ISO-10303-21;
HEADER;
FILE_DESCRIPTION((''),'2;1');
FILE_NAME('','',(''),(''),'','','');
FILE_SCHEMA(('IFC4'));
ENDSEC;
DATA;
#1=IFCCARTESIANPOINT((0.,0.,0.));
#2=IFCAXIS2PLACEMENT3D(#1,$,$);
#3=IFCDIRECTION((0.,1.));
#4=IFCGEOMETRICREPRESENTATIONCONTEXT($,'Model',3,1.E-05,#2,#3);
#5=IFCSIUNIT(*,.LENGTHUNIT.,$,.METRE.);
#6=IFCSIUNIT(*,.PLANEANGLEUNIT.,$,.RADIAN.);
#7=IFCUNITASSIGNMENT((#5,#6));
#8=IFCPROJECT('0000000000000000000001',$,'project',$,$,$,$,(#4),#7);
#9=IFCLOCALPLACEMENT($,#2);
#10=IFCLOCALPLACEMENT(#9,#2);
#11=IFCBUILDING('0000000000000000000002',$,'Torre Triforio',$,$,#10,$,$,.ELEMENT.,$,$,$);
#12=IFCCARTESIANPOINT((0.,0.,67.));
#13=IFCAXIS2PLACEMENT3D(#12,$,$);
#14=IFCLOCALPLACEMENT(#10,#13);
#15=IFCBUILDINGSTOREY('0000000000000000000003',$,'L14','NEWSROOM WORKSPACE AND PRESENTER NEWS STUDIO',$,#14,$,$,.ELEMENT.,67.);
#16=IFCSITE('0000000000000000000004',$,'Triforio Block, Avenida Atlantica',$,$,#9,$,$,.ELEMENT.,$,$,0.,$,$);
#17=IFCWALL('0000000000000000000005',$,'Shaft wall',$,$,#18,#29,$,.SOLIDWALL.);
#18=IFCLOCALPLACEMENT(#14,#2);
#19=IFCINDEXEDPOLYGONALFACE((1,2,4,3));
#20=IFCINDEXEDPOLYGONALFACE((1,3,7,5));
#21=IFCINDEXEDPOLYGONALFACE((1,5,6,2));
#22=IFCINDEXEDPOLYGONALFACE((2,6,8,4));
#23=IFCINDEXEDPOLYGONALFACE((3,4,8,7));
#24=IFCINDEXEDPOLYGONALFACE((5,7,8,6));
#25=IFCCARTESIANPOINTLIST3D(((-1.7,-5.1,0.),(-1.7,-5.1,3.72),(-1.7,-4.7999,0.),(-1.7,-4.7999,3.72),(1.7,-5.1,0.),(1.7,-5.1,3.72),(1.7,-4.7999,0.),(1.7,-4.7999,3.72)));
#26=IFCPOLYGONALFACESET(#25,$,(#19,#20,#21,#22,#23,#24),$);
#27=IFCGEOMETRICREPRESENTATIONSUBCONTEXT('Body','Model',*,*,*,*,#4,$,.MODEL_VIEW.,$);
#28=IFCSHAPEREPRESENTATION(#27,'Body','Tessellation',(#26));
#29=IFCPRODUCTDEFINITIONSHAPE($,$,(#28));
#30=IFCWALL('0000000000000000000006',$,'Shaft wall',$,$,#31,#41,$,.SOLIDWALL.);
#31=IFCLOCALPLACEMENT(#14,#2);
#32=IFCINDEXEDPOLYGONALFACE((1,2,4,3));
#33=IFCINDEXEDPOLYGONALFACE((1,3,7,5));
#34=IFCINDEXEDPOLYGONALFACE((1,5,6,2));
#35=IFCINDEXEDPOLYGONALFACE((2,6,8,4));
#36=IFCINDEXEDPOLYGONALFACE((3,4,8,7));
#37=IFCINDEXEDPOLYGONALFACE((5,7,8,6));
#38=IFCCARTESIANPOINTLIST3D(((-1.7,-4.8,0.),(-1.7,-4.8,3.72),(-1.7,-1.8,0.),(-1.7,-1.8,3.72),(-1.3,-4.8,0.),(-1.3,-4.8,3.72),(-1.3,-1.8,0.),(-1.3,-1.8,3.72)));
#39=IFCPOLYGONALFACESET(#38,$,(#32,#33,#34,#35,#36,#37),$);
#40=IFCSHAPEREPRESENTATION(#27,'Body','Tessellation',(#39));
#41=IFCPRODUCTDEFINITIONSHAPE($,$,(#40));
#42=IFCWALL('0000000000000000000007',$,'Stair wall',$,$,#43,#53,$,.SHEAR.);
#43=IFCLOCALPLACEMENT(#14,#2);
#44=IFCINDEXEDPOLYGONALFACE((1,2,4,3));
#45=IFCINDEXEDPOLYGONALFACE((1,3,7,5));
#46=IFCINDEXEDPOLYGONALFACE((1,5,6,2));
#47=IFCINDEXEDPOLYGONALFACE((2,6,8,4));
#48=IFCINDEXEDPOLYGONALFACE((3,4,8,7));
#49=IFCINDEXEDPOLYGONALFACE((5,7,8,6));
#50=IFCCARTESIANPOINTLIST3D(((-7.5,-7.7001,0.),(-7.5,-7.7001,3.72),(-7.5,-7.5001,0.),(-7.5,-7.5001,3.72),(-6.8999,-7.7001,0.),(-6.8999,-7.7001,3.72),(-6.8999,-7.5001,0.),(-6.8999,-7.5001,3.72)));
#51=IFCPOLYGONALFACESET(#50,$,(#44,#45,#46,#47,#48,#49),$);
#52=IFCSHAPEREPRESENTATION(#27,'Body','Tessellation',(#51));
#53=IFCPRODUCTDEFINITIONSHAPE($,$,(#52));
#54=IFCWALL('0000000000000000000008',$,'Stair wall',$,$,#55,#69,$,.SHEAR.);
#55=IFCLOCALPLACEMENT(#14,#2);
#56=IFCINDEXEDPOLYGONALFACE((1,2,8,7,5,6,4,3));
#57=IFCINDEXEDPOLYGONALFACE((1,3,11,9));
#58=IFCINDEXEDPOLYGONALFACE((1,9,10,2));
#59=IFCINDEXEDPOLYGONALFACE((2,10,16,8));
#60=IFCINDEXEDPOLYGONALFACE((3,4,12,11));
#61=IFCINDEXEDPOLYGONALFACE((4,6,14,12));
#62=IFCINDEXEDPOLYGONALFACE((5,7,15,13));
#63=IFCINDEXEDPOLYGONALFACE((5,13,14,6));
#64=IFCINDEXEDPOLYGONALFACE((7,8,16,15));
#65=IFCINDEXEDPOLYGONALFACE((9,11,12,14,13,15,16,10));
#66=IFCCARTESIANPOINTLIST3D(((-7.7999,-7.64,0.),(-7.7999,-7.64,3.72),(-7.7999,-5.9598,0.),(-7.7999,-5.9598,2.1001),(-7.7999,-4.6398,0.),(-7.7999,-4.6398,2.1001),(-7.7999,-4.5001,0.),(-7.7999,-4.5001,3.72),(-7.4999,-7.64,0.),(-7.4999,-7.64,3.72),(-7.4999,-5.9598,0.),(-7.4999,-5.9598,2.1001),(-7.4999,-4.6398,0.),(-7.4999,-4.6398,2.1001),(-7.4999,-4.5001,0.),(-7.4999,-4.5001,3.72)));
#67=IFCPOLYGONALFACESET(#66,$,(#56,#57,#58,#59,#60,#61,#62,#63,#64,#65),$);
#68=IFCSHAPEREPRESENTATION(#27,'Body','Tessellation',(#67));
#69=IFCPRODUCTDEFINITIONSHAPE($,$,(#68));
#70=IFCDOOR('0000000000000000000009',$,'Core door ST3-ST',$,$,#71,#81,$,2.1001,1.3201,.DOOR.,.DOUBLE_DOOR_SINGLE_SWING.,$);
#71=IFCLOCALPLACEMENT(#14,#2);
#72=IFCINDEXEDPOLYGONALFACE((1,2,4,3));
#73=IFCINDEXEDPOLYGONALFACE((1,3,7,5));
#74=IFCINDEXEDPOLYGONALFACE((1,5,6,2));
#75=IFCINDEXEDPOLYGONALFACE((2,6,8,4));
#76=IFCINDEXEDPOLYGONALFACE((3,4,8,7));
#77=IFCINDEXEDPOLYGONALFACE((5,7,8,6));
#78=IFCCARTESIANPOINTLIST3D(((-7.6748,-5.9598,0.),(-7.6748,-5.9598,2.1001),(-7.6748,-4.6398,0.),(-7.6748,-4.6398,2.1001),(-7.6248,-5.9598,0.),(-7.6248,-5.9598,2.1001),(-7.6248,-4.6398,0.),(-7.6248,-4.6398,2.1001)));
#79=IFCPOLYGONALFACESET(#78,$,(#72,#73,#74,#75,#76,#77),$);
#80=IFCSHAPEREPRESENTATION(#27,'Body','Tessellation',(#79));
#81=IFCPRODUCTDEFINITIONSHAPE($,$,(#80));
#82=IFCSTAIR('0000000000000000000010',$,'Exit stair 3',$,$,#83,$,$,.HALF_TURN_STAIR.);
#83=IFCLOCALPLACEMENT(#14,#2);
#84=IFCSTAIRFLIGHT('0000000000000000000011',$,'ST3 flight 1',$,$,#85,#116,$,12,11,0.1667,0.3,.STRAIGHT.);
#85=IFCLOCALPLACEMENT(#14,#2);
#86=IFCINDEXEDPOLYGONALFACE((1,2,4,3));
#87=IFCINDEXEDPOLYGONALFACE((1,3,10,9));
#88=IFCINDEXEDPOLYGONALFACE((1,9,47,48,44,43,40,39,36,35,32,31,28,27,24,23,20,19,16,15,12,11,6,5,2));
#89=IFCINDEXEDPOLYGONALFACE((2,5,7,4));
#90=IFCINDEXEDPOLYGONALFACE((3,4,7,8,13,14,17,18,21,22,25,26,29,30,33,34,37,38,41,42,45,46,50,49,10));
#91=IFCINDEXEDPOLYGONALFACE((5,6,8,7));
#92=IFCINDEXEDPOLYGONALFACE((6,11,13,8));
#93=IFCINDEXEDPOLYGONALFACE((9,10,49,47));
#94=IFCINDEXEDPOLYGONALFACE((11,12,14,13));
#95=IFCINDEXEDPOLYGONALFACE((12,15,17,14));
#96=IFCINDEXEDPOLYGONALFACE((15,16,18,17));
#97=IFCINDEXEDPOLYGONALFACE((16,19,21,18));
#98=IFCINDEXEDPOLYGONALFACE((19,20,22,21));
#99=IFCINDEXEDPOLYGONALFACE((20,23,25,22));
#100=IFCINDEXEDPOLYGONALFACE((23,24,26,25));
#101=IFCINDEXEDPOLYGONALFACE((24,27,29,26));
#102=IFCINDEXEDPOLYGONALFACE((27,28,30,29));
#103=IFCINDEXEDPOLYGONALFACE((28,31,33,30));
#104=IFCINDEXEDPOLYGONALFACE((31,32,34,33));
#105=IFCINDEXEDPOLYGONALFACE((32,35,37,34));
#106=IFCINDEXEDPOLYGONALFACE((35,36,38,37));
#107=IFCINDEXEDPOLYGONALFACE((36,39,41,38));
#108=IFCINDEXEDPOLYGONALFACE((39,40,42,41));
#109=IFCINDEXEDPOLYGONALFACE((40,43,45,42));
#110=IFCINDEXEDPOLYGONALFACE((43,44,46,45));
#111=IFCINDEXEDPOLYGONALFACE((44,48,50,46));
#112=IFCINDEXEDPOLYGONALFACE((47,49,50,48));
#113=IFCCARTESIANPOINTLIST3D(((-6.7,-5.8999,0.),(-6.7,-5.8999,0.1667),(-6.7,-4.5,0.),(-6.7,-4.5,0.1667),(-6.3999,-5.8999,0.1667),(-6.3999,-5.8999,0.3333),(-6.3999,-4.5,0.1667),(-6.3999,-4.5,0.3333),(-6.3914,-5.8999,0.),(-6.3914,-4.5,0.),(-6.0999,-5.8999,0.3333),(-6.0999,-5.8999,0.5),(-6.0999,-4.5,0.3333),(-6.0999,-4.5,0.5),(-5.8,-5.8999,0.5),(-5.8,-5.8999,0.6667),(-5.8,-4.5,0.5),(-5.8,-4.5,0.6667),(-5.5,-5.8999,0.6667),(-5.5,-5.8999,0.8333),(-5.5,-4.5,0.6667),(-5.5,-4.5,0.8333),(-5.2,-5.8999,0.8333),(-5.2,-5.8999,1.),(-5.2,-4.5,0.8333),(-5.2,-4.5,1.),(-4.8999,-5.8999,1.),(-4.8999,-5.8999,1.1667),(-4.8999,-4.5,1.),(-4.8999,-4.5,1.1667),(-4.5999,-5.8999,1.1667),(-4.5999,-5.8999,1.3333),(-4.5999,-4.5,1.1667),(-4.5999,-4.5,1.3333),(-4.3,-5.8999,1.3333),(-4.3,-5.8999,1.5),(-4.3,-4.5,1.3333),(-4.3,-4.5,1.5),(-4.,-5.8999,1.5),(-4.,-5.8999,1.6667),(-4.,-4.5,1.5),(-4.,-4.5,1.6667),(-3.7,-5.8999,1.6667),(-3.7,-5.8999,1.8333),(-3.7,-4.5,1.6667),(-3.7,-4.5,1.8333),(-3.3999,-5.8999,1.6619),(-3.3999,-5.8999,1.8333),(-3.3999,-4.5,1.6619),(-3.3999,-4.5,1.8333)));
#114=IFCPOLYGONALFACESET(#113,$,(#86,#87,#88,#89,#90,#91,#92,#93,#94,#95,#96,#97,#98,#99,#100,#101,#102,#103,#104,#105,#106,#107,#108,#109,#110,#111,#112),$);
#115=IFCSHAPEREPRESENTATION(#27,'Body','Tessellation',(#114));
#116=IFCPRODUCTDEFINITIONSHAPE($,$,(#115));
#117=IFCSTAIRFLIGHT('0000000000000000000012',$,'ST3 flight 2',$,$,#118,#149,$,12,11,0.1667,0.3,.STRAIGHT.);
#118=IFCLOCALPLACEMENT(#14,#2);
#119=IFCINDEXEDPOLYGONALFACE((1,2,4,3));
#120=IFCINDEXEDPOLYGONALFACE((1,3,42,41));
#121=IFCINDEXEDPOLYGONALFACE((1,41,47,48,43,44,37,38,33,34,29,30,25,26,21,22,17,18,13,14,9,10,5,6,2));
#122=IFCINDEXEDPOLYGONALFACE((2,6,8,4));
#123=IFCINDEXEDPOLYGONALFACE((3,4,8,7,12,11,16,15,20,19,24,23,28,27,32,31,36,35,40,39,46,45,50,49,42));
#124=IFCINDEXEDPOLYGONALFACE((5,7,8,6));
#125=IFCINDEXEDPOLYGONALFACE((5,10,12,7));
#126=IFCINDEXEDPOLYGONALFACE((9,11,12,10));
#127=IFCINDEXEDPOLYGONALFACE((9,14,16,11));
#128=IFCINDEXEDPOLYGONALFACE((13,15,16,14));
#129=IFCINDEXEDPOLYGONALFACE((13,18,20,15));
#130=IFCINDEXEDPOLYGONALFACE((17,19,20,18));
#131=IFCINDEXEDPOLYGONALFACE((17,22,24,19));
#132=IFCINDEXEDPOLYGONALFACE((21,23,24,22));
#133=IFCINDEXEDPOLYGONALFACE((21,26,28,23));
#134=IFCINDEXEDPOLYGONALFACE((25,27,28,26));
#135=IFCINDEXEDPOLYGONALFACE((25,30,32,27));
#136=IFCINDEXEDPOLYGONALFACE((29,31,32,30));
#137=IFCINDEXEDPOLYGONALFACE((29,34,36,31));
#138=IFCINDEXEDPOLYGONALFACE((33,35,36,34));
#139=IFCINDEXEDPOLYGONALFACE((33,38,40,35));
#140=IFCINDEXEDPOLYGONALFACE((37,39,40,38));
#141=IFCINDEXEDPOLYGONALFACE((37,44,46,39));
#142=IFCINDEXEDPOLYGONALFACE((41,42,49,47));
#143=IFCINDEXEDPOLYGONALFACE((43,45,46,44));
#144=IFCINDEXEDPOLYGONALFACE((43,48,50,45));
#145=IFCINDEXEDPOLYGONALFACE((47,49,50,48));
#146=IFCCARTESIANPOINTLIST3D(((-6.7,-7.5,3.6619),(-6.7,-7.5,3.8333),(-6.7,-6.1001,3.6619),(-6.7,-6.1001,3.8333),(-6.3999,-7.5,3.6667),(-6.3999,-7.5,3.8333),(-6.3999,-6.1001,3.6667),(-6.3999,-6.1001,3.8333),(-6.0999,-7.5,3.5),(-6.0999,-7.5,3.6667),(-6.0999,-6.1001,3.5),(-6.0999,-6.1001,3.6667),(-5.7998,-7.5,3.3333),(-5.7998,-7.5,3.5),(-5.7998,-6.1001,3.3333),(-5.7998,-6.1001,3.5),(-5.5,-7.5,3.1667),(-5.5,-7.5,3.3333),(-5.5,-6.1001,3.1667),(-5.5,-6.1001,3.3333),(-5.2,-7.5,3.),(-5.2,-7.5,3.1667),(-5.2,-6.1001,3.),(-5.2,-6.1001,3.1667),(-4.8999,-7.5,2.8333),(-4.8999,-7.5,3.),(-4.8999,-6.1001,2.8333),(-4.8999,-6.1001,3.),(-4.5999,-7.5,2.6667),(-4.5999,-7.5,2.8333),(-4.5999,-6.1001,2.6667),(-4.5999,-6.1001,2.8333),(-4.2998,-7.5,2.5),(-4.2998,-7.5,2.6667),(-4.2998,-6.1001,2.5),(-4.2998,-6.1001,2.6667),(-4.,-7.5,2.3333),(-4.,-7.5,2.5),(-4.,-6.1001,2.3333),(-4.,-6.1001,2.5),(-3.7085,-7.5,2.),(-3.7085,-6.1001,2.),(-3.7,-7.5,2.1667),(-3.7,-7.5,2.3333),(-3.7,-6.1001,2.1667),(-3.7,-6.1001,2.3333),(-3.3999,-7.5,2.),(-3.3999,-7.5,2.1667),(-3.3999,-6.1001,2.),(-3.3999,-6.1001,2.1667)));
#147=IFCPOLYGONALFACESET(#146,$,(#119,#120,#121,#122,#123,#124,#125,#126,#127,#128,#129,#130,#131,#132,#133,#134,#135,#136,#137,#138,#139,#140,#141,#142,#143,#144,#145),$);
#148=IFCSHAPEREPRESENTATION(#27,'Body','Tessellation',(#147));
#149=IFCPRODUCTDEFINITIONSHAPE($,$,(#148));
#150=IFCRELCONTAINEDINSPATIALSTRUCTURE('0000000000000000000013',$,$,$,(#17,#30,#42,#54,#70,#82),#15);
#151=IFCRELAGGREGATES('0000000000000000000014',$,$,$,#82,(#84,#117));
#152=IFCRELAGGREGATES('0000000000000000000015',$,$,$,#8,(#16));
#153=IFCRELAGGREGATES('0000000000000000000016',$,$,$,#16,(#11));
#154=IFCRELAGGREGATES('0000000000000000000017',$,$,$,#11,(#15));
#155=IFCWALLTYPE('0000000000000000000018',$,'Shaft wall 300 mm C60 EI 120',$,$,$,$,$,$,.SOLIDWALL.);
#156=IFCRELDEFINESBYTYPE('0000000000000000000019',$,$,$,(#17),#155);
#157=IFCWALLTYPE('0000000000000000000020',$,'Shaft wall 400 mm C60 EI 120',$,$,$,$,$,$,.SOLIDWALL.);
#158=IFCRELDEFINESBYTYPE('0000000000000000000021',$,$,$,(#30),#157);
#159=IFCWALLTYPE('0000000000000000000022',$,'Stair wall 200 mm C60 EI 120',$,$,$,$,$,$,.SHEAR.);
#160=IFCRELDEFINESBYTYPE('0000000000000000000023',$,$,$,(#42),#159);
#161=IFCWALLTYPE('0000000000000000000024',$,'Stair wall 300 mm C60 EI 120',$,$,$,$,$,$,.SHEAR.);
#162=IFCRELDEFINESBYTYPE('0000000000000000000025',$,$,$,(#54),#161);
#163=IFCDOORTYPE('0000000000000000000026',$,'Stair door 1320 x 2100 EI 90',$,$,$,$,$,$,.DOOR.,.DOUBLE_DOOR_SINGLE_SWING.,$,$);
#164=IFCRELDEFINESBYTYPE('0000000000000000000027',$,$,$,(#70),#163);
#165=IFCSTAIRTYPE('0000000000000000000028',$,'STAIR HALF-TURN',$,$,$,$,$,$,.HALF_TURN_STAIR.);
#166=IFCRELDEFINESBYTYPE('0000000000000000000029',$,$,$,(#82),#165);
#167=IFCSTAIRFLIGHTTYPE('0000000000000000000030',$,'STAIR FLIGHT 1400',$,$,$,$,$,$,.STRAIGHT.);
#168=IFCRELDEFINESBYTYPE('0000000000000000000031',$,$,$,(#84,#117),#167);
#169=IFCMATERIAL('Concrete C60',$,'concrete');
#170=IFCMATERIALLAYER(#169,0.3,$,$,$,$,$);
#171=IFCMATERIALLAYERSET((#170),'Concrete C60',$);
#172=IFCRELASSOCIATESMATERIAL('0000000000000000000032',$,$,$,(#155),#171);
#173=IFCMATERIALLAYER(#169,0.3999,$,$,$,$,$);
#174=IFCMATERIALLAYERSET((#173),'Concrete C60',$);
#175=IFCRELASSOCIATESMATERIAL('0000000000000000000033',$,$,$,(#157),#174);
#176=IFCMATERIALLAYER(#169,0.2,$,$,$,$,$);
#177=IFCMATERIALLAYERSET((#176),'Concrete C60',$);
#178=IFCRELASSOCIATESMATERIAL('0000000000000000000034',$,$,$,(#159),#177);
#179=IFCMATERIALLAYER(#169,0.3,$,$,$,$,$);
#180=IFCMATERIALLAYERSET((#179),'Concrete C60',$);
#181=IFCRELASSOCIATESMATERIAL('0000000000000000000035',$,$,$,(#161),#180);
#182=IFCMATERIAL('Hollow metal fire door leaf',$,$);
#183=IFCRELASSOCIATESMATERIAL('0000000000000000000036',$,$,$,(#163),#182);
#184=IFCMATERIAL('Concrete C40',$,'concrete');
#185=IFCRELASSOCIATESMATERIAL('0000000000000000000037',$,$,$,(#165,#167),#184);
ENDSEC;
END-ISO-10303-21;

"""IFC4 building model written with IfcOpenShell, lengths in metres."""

from ifc_helpers import new_model, si_unit, direction, frame, frame_2d, origin, place, context, subcontext, project, spatial, polyline, rectangle, outline, extrude, material, layer, layer_set, type_object, element, fill, aggregate, save


model = new_model("IFC4")

# Units and contexts
model_context = context("Model", 3, precision=1e-05, world=origin(), true_north=direction((0.0, 1.0)))
body_context = subcontext(model_context, "Body", "Model", "MODEL_VIEW")
ifc_project = project(units=[si_unit("LENGTHUNIT", "METRE"), si_unit("PLANEANGLEUNIT", "RADIAN")], contexts=[model_context])

# Site, building, storey
site_placement = place(None, origin())
site = spatial("IfcSite", under=ifc_project, at=site_placement, Name="Triforio Block, Avenida Atlantica", CompositionType="ELEMENT", RefElevation=0.0)
building_placement = place(site_placement, origin())
building = spatial("IfcBuilding", under=site, at=building_placement, Name="Torre Triforio", CompositionType="ELEMENT")
storey_placement = place(building_placement, frame((0.0, 0.0, 67.0)))
storey = spatial("IfcBuildingStorey", under=building, at=storey_placement, Name="L14", Description="NEWSROOM WORKSPACE AND PRESENTER NEWS STUDIO", CompositionType="ELEMENT", Elevation=67.0)

# Shared definitions
ifc_material_1 = material(Name="Hollow metal fire door leaf")

# Shared definitions
ifc_material_2 = material(Name="Concrete C60", Category="concrete")
ifc_layer_1 = layer(ifc_material_2, 0.3)
ifc_layer_set_1 = layer_set([ifc_layer_1], Name="Concrete C60")
wall_type_1 = type_object("IfcWallType", Name="Shaft wall 300 mm C60 EI 120", PredefinedType="SOLIDWALL", material=ifc_layer_set_1)

# Walls
wall_1_placement = place(storey_placement, frame((-1.7, -4.95, 0.0), z_axis=(0.0, 0.0, 1.0), x_axis=(1.0, 0.0, 0.0)))
element("IfcWall", 1, at=wall_1_placement, inside=storey, type_object=wall_type_1, Name="Shaft wall", PredefinedType="SOLIDWALL", context=body_context, shape_type="SweptSolid", body=[
    extrude(rectangle(XDim=3.3999, YDim=0.3, at=frame_2d((1.7, 0.0))), origin(), (0.0, 0.0, 1.0), 3.72),
])
ifc_layer_2 = layer(ifc_material_2, 0.3999)
ifc_layer_set_2 = layer_set([ifc_layer_2], Name="Concrete C60")
wall_type_2 = type_object("IfcWallType", Name="Shaft wall 400 mm C60 EI 120", PredefinedType="SOLIDWALL", material=ifc_layer_set_2)
wall_2_placement = place(storey_placement, frame((-1.5, -4.8, 0.0), z_axis=(0.0, 0.0, 1.0), x_axis=(0.0, 1.0, 0.0)))
element("IfcWall", 2, at=wall_2_placement, inside=storey, type_object=wall_type_2, Name="Shaft wall", PredefinedType="SOLIDWALL", context=body_context, shape_type="SweptSolid", body=[
    extrude(rectangle(XDim=3.0, YDim=0.3999, at=frame_2d((1.5, 0.0))), origin(), (0.0, 0.0, 1.0), 3.72),
])
ifc_layer_3 = layer(ifc_material_2, 0.2)
ifc_layer_set_3 = layer_set([ifc_layer_3], Name="Concrete C60")
wall_type_3 = type_object("IfcWallType", Name="Stair wall 200 mm C60 EI 120", PredefinedType="SHEAR", material=ifc_layer_set_3)
wall_3_placement = place(storey_placement, frame((-7.5, -7.6001, 0.0), z_axis=(0.0, 0.0, 1.0), x_axis=(1.0, 0.0, 0.0)))
element("IfcWall", 3, at=wall_3_placement, inside=storey, type_object=wall_type_3, Name="Stair wall", PredefinedType="SHEAR", context=body_context, shape_type="SweptSolid", body=[
    extrude(rectangle(XDim=0.6001, YDim=0.2, at=frame_2d((0.3, 0.0))), origin(), (0.0, 0.0, 1.0), 3.72),
])

# Wall, opening, door
ifc_layer_4 = layer(ifc_material_2, 0.3)
ifc_layer_set_4 = layer_set([ifc_layer_4], Name="Concrete C60")
wall_type_4 = type_object("IfcWallType", Name="Stair wall 300 mm C60 EI 120", PredefinedType="SHEAR", material=ifc_layer_set_4)
wall_4_placement = place(storey_placement, frame((-7.6499, -7.6399, 0.0), z_axis=(0.0, 0.0, 1.0), x_axis=(0.0, 1.0, 0.0)))
wall_4 = element("IfcWall", 4, at=wall_4_placement, inside=storey, type_object=wall_type_4, Name="Stair wall", PredefinedType="SHEAR", context=body_context, shape_type="SweptSolid", body=[
    extrude(rectangle(XDim=3.1399, YDim=0.3, at=frame_2d((1.5698, 0.0))), origin(), (0.0, 0.0, 1.0), 3.72),
])
opening_1_placement = place(wall_4_placement, frame((1.6799, 0.0, 0.0)))
opening_1 = element("IfcOpeningElement", 5, at=opening_1_placement, cuts=wall_4, PredefinedType="OPENING", context=body_context, shape_type="SweptSolid", body=[
    extrude(rectangle(XDim=1.3201, YDim=2.1001, at=frame_2d((0.6602, 1.05))), frame((0.0, 0.1599, 0.0), z_axis=(0.0, -1.0, 0.0), x_axis=(1.0, 0.0, 0.0)), (0.0, 0.0, 1.0), 0.3201),
])
door_type_1 = type_object("IfcDoorType", Name="Stair door 1320 x 2100 EI 90", OperationType="DOUBLE_DOOR_SINGLE_SWING", PredefinedType="DOOR", material=ifc_material_1)
door_1_placement = place(opening_1_placement, origin())
door_1 = element("IfcDoor", 6, at=door_1_placement, inside=storey, type_object=door_type_1, Name="Core door ST3-ST", OperationType="DOUBLE_DOOR_SINGLE_SWING", OverallHeight=2.1001, OverallWidth=1.3201, PredefinedType="DOOR", context=body_context, shape_type="SweptSolid", body=[
    extrude(rectangle(XDim=1.3201, YDim=2.1001, at=frame_2d((0.6602, 1.05))), frame((0.0, 0.0249, 0.0), z_axis=(0.0, -1.0, 0.0), x_axis=(1.0, 0.0, 0.0)), (0.0, 0.0, 1.0), 0.05),
])
fill(opening_1, door_1)

# Stair, stair flights
ifc_material_3 = material(Name="Concrete C40", Category="concrete")
stair_type = type_object("IfcStairType", Name="STAIR HALF-TURN", PredefinedType="HALF_TURN_STAIR", material=ifc_material_3)
stair_placement = place(storey_placement, origin())
stair = element("IfcStair", 7, at=stair_placement, inside=storey, type_object=stair_type, Name="Exit stair 3", PredefinedType="HALF_TURN_STAIR")
stair_flight_type = type_object("IfcStairFlightType", Name="STAIR FLIGHT 1400", PredefinedType="STRAIGHT", material=ifc_material_3)
stair_flight_1_placement = place(storey_placement, frame((-6.7, -5.2, 0.0), z_axis=(0.0, 0.0, 1.0), x_axis=(1.0, 0.0, 0.0)))
stair_flight_1 = element("IfcStairFlight", 8, at=stair_flight_1_placement, type_object=stair_flight_type, Name="ST3 flight 1", NumberOfRisers=12, NumberOfTreads=11, PredefinedType="STRAIGHT", RiserHeight=0.1667, TreadLength=0.3, context=body_context, shape_type="SweptSolid", body=[
    extrude(outline(polyline([(0.0, 0.0), (0.0, 0.1667), (0.3, 0.1667), (0.3, 0.3333), (0.6001, 0.3333), (0.6001, 0.5), (0.8999, 0.5), (0.8999, 0.6667), (1.2, 0.6667), (1.2, 0.8333), (1.5, 0.8333), (1.5, 1.0), (1.8, 1.0), (1.8, 1.1667), (2.1001, 1.1667), (2.1001, 1.3333), (2.3999, 1.3333), (2.3999, 1.5), (2.7, 1.5), (2.7, 1.6667), (3.0, 1.6667), (3.0, 1.8333), (3.3, 1.8333), (3.3, 2.0), (3.3, 1.6619), (0.3086, 0.0), (0.0, 0.0)])), frame((0.0, 0.7, 0.0), z_axis=(0.0, -1.0, 0.0), x_axis=(1.0, 0.0, 0.0)), (0.0, 0.0, 1.0), 1.3999),
])
stair_flight_2_placement = place(storey_placement, frame((-3.3999, -6.8, 2.0), z_axis=(0.0, 0.0, 1.0), x_axis=(-1.0, 0.0, 0.0)))
stair_flight_2 = element("IfcStairFlight", 9, at=stair_flight_2_placement, type_object=stair_flight_type, Name="ST3 flight 2", NumberOfRisers=12, NumberOfTreads=11, PredefinedType="STRAIGHT", RiserHeight=0.1667, TreadLength=0.3, context=body_context, shape_type="SweptSolid", body=[
    extrude(outline(polyline([(0.0, 0.0), (0.0, 0.1667), (0.3, 0.1667), (0.3, 0.3333), (0.6001, 0.3333), (0.6001, 0.5), (0.8999, 0.5), (0.8999, 0.6667), (1.2, 0.6667), (1.2, 0.8333), (1.5, 0.8333), (1.5, 1.0), (1.8, 1.0), (1.8, 1.1667), (2.1001, 1.1667), (2.1001, 1.3333), (2.3999, 1.3333), (2.3999, 1.5), (2.7, 1.5), (2.7, 1.6667), (3.0, 1.6667), (3.0, 1.8333), (3.3, 1.8333), (3.3, 2.0), (3.3, 1.6619), (0.3086, 0.0), (0.0, 0.0)])), frame((0.0, 0.7, 0.0), z_axis=(0.0, -1.0, 0.0), x_axis=(1.0, 0.0, 0.0)), (0.0, 0.0, 1.0), 1.3999),
])
aggregate(stair, [stair_flight_1, stair_flight_2])

save(model, "model.ifc")
